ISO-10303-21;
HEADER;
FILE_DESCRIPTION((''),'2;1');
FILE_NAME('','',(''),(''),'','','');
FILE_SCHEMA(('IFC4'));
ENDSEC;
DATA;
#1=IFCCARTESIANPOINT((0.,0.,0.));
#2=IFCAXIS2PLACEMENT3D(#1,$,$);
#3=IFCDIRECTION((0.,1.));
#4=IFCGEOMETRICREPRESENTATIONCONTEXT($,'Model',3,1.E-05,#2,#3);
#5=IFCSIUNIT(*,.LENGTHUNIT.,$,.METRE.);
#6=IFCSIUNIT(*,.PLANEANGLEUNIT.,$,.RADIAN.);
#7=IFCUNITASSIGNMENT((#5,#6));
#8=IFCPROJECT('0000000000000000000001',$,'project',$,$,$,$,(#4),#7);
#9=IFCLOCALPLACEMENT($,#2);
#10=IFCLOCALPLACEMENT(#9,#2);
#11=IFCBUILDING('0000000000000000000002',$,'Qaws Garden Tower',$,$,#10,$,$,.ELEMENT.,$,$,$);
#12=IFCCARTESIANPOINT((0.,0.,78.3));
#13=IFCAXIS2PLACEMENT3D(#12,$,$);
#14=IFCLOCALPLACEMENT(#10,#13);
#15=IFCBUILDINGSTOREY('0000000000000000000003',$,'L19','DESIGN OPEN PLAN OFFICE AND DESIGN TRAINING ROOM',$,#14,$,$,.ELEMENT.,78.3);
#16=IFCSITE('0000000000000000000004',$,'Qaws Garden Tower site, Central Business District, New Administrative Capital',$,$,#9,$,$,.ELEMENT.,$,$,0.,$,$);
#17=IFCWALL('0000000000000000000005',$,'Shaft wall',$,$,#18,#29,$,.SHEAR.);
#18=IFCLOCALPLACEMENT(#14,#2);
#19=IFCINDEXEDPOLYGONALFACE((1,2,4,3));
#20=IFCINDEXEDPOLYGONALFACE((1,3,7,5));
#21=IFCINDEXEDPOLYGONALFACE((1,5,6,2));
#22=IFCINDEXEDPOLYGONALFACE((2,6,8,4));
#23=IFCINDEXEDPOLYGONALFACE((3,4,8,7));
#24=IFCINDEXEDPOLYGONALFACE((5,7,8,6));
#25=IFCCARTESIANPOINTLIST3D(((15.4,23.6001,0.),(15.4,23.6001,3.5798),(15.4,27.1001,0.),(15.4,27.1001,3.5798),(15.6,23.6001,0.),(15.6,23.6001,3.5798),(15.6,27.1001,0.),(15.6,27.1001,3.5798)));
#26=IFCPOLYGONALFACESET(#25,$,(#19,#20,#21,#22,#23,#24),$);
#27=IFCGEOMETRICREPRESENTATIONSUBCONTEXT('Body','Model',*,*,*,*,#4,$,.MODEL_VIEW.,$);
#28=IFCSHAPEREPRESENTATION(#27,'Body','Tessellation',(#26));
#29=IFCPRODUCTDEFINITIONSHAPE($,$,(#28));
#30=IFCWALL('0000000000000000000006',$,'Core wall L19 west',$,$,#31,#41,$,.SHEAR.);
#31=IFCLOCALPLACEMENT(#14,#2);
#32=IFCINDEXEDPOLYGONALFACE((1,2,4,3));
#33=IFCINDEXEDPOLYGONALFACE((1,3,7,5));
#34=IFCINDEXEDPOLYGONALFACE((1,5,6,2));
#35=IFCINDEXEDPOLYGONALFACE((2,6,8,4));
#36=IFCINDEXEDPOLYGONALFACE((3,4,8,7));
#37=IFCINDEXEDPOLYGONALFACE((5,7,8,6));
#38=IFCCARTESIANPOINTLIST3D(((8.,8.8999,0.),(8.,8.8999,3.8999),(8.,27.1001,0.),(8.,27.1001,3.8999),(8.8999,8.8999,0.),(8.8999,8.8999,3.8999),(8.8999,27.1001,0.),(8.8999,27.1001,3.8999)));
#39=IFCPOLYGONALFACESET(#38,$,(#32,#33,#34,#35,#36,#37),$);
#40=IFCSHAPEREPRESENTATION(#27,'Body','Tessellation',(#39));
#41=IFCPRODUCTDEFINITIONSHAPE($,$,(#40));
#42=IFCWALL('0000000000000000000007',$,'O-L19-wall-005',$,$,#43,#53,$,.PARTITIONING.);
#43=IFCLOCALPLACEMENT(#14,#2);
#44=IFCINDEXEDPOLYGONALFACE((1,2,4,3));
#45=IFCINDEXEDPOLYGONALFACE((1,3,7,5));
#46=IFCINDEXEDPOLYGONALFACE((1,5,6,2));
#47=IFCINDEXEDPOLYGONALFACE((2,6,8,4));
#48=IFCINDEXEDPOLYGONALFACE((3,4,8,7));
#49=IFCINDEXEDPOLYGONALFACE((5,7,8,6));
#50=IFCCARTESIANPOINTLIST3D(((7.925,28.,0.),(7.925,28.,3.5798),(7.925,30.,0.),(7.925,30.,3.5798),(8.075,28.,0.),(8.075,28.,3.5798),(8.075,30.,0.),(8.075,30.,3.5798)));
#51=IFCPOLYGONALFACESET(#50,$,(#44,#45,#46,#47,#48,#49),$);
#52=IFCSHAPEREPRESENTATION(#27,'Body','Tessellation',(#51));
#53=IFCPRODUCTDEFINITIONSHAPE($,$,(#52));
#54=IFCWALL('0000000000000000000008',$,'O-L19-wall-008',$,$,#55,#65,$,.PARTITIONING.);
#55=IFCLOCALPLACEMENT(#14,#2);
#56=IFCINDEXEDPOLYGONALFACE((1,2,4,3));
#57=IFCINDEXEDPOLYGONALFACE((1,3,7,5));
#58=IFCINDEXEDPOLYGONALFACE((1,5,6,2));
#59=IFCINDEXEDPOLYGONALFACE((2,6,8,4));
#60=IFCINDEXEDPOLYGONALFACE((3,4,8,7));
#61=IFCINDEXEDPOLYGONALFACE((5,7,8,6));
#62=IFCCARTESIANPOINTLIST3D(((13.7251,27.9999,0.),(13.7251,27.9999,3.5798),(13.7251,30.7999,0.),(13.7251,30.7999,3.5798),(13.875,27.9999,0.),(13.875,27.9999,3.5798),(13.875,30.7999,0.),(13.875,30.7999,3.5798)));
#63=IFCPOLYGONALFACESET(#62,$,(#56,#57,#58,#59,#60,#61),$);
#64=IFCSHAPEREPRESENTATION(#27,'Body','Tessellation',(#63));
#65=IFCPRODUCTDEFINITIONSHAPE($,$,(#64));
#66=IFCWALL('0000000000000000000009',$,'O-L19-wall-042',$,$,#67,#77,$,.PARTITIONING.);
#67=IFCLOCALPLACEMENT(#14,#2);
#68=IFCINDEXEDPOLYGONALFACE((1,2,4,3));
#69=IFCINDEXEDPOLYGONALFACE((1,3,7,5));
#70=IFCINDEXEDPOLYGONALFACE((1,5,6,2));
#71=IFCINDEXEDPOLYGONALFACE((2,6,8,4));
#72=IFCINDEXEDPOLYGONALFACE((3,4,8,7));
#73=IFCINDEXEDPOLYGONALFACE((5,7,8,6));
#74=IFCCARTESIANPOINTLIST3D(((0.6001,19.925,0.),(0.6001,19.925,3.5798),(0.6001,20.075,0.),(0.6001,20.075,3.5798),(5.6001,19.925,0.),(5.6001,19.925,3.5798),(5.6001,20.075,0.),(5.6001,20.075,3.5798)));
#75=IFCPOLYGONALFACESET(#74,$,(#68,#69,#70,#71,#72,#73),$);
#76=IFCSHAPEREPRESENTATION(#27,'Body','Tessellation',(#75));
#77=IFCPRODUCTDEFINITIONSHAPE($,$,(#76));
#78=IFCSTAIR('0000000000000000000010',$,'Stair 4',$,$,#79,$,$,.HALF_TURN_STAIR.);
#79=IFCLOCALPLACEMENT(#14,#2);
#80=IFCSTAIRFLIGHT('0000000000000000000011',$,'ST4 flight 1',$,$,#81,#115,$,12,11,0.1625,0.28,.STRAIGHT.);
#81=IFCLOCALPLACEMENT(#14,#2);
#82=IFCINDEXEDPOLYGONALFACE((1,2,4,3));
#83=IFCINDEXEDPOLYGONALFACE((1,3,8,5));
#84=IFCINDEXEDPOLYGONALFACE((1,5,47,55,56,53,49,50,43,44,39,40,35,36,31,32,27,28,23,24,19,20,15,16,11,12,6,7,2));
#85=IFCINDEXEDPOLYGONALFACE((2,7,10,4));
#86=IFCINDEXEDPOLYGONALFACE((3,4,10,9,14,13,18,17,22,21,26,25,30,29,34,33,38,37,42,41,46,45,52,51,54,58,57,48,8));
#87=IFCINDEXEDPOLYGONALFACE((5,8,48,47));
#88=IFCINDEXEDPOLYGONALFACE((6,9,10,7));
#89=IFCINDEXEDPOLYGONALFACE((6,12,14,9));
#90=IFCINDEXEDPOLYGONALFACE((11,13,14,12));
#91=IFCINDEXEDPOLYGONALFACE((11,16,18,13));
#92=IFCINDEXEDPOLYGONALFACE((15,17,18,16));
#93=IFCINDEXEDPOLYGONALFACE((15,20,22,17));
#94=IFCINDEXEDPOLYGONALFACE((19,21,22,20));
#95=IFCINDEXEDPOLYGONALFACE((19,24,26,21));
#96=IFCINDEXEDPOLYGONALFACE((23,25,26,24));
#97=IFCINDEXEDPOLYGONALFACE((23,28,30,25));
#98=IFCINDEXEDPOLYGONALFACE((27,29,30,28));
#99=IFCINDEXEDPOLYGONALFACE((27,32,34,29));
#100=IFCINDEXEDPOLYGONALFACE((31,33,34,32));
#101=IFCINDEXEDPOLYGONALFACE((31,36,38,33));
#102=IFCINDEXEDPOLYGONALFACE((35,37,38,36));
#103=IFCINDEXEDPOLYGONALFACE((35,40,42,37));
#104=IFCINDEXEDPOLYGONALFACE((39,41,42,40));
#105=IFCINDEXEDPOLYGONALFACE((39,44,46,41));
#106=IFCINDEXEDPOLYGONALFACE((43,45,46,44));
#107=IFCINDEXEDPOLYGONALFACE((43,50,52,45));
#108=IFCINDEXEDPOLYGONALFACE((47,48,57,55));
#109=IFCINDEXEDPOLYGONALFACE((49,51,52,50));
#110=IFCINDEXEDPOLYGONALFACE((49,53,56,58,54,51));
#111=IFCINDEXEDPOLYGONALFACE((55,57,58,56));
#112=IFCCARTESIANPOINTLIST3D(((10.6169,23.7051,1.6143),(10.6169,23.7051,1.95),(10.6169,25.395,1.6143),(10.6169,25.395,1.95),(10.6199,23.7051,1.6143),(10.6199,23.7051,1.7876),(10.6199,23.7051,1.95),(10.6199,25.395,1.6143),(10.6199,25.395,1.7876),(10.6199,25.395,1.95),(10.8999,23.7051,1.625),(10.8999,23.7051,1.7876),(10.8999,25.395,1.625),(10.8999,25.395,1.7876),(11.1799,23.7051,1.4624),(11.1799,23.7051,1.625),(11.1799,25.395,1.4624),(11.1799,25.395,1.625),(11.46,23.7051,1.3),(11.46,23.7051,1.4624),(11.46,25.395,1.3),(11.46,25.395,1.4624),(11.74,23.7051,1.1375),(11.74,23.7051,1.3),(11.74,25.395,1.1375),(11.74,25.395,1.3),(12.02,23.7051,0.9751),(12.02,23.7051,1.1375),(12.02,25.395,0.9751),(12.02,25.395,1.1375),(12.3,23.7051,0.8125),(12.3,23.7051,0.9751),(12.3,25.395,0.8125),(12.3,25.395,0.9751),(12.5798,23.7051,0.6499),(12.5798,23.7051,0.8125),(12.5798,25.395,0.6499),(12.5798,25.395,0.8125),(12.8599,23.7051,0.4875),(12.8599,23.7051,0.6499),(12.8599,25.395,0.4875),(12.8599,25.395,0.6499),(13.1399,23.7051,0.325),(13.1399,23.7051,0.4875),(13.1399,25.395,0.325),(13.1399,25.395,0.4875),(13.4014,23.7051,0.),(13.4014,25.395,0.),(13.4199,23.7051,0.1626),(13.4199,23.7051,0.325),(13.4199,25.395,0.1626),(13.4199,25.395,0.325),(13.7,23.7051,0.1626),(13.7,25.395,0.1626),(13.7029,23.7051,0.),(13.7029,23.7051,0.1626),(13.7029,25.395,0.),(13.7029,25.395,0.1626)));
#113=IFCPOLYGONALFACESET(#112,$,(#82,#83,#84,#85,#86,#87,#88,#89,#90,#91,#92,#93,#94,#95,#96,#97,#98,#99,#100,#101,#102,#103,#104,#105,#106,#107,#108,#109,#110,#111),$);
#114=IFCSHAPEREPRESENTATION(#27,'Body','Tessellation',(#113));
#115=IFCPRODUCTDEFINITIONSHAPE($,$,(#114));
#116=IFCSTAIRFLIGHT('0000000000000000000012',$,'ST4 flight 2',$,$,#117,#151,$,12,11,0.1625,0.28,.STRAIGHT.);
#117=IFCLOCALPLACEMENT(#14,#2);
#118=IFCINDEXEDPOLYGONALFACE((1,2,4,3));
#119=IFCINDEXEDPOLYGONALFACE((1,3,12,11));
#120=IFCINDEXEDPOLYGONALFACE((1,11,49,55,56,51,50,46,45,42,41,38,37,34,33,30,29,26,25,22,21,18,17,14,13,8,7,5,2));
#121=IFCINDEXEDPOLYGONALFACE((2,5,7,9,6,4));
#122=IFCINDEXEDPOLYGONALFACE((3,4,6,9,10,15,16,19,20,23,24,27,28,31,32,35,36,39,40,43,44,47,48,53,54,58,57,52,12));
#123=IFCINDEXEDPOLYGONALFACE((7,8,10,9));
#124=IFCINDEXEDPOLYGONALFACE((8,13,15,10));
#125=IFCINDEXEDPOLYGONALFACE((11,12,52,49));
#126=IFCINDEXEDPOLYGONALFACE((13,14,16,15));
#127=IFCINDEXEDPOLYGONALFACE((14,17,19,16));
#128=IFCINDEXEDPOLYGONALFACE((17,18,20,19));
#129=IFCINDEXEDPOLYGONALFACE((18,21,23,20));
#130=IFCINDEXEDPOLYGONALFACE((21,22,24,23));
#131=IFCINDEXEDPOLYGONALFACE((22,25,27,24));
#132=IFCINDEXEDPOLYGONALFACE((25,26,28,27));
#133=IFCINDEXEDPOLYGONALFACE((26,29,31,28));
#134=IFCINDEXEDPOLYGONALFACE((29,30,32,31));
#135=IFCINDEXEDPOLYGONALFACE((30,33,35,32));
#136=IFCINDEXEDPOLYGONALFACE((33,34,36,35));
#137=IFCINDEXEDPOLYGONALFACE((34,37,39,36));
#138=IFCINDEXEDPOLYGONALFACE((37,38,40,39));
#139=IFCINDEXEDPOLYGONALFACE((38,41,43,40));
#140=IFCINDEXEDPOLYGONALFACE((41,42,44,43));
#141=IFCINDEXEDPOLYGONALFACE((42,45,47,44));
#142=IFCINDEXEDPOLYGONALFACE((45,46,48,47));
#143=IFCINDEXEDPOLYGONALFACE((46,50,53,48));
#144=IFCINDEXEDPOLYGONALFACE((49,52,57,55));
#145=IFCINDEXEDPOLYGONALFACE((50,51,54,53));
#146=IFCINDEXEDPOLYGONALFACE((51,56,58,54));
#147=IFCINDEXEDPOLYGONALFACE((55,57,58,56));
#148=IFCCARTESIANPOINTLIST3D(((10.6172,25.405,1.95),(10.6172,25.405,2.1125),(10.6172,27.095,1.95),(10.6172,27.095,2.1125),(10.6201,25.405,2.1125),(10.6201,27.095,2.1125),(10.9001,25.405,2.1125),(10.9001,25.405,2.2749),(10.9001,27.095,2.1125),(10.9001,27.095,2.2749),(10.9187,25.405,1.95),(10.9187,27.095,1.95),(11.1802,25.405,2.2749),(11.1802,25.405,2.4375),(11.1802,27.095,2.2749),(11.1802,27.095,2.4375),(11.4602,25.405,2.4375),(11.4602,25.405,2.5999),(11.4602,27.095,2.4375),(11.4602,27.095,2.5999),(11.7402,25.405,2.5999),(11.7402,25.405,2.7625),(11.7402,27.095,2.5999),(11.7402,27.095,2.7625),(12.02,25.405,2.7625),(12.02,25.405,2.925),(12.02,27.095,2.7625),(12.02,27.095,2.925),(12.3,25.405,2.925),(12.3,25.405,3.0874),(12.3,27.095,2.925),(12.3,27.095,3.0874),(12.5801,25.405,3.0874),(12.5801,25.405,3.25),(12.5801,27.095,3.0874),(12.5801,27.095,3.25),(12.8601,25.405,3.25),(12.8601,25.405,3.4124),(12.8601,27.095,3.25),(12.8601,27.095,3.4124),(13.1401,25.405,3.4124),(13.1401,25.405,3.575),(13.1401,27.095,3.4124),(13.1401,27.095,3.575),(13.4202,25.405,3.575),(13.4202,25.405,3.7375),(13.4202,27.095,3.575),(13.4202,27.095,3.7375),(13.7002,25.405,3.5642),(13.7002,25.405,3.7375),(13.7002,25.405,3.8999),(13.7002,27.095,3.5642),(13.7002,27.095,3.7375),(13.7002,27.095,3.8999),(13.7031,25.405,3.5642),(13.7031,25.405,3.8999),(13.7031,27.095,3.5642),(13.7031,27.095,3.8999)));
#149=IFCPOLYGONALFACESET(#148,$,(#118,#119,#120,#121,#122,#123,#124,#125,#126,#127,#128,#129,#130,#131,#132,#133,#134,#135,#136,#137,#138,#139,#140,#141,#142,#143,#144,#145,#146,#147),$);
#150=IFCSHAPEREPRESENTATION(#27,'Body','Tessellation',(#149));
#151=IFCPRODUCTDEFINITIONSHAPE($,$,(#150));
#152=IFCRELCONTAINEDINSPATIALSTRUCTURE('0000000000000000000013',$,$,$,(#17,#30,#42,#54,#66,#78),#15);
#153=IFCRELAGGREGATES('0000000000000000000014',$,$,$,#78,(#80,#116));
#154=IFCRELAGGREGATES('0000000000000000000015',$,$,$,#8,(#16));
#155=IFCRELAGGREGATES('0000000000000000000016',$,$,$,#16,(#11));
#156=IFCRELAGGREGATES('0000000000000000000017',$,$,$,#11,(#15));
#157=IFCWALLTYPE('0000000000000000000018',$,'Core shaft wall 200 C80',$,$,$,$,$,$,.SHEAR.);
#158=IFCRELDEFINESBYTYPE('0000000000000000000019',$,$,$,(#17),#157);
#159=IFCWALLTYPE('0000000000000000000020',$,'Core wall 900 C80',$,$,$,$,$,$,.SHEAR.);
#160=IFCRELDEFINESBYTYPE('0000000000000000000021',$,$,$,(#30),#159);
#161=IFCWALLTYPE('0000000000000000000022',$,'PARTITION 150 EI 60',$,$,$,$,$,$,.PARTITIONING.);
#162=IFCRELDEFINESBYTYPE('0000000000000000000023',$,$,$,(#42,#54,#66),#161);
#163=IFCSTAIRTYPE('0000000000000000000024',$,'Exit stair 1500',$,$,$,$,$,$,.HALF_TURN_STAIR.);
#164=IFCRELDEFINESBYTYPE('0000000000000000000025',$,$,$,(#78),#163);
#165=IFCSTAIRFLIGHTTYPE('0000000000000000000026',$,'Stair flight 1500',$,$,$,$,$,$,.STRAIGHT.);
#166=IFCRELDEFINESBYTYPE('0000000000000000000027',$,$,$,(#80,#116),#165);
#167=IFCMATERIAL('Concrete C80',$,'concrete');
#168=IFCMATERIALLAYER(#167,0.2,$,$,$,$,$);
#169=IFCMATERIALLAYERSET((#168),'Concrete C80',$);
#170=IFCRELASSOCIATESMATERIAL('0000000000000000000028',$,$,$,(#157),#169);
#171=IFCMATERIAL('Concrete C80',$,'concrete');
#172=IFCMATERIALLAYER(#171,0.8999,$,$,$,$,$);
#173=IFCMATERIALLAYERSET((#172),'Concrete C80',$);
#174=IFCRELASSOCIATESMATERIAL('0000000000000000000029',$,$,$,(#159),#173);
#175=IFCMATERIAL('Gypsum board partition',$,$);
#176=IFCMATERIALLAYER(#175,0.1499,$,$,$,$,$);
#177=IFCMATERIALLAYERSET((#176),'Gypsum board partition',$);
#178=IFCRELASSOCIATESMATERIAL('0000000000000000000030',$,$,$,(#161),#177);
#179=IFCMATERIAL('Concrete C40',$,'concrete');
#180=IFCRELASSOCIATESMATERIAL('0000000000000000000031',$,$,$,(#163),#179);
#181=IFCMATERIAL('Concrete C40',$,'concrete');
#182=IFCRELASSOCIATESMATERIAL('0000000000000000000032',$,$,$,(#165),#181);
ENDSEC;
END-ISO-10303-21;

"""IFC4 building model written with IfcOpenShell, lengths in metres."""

from ifc_helpers import new_model, si_unit, direction, frame, frame_2d, origin, place, context, subcontext, project, spatial, polyline, rectangle, outline, extrude, material, layer, layer_set, type_object, element, aggregate, save


model = new_model("IFC4")

# Units and contexts
model_context = context("Model", 3, precision=1e-05, world=origin(), true_north=direction((0.0, 1.0)))
body_context = subcontext(model_context, "Body", "Model", "MODEL_VIEW")
ifc_project = project(units=[si_unit("LENGTHUNIT", "METRE"), si_unit("PLANEANGLEUNIT", "RADIAN")], contexts=[model_context])

# Site, building, storey
site_placement = place(None, origin())
site = spatial("IfcSite", under=ifc_project, at=site_placement, Name="Qaws Garden Tower site, Central Business District, New Administrative Capital", CompositionType="ELEMENT", RefElevation=0.0)
building_placement = place(site_placement, origin())
building = spatial("IfcBuilding", under=site, at=building_placement, Name="Qaws Garden Tower", CompositionType="ELEMENT")
storey_placement = place(building_placement, frame((0.0, 0.0, 78.3)))
storey = spatial("IfcBuildingStorey", under=building, at=storey_placement, Name="L19", Description="DESIGN OPEN PLAN OFFICE AND DESIGN TRAINING ROOM", CompositionType="ELEMENT", Elevation=78.3)

# Shared definitions
ifc_material_1 = material(Name="Concrete C80", Category="concrete")
ifc_layer_1 = layer(ifc_material_1, 0.2)
ifc_layer_set_1 = layer_set([ifc_layer_1], Name="Concrete C80")
wall_type_1 = type_object("IfcWallType", Name="Core shaft wall 200 C80", PredefinedType="SHEAR", material=ifc_layer_set_1)

# Walls
wall_1_placement = place(storey_placement, frame((15.5, 23.6001, 0.0), z_axis=(0.0, 0.0, 1.0), x_axis=(0.0, 1.0, 0.0)))
element("IfcWall", 1, at=wall_1_placement, inside=storey, type_object=wall_type_1, Name="Shaft wall", PredefinedType="SHEAR", context=body_context, shape_type="SweptSolid", body=[
    extrude(rectangle(XDim=3.5, YDim=0.2, at=frame_2d((1.75, 0.0))), origin(), (0.0, 0.0, 1.0), 3.5798),
])
ifc_material_2 = material(Name="Concrete C80", Category="concrete")
ifc_layer_2 = layer(ifc_material_2, 0.8999)
ifc_layer_set_2 = layer_set([ifc_layer_2], Name="Concrete C80")
wall_type_2 = type_object("IfcWallType", Name="Core wall 900 C80", PredefinedType="SHEAR", material=ifc_layer_set_2)
wall_2_placement = place(storey_placement, frame((8.45, 27.1001, 0.0), z_axis=(0.0, 0.0, 1.0), x_axis=(0.0, -1.0, 0.0)))
element("IfcWall", 2, at=wall_2_placement, inside=storey, type_object=wall_type_2, Name="Core wall L19 west", PredefinedType="SHEAR", context=body_context, shape_type="SweptSolid", body=[
    extrude(rectangle(XDim=18.2002, YDim=0.8999, at=frame_2d((9.1001, 0.0))), origin(), (0.0, 0.0, 1.0), 3.8999),
])
ifc_material_3 = material(Name="Gypsum board partition")
ifc_layer_3 = layer(ifc_material_3, 0.1499)
ifc_layer_set_3 = layer_set([ifc_layer_3], Name="Gypsum board partition")
wall_type_3 = type_object("IfcWallType", Name="PARTITION 150 EI 60", PredefinedType="PARTITIONING", material=ifc_layer_set_3)
wall_3_placement = place(storey_placement, frame((8.0, 28.0, 0.0), z_axis=(0.0, 0.0, 1.0), x_axis=(0.0, 1.0, 0.0)))
element("IfcWall", 3, at=wall_3_placement, inside=storey, type_object=wall_type_3, Name="O-L19-wall-005", PredefinedType="PARTITIONING", context=body_context, shape_type="SweptSolid", body=[
    extrude(rectangle(XDim=2.0, YDim=0.1499, at=frame_2d((1.0, 0.0))), origin(), (0.0, 0.0, 1.0), 3.5798),
])
wall_4_placement = place(storey_placement, frame((13.8, 28.0, 0.0), z_axis=(0.0, 0.0, 1.0), x_axis=(0.0, 1.0, 0.0)))
element("IfcWall", 4, at=wall_4_placement, inside=storey, type_object=wall_type_3, Name="O-L19-wall-008", PredefinedType="PARTITIONING", context=body_context, shape_type="SweptSolid", body=[
    extrude(rectangle(XDim=2.8, YDim=0.1499, at=frame_2d((1.3999, 0.0))), origin(), (0.0, 0.0, 1.0), 3.5798),
])
wall_5_placement = place(storey_placement, frame((0.6001, 20.0, 0.0), z_axis=(0.0, 0.0, 1.0), x_axis=(1.0, 0.0, 0.0)))
element("IfcWall", 5, at=wall_5_placement, inside=storey, type_object=wall_type_3, Name="O-L19-wall-042", PredefinedType="PARTITIONING", context=body_context, shape_type="SweptSolid", body=[
    extrude(rectangle(XDim=5.0, YDim=0.1499, at=frame_2d((2.5, 0.0))), origin(), (0.0, 0.0, 1.0), 3.5798),
])

# Stair, stair flights
ifc_material_4 = material(Name="Concrete C40", Category="concrete")
stair_type = type_object("IfcStairType", Name="Exit stair 1500", PredefinedType="HALF_TURN_STAIR", material=ifc_material_4)
stair_placement = place(storey_placement, origin())
stair = element("IfcStair", 6, at=stair_placement, inside=storey, type_object=stair_type, Name="Stair 4", PredefinedType="HALF_TURN_STAIR")
ifc_material_5 = material(Name="Concrete C40", Category="concrete")
stair_flight_type = type_object("IfcStairFlightType", Name="Stair flight 1500", PredefinedType="STRAIGHT", material=ifc_material_5)
stair_flight_1_placement = place(storey_placement, frame((13.7, 24.55, 0.0), z_axis=(0.0, 0.0, 1.0), x_axis=(-1.0, 0.0, 0.0)))
stair_flight_1 = element("IfcStairFlight", 7, at=stair_flight_1_placement, type_object=stair_flight_type, Name="ST4 flight 1", NumberOfRisers=12, NumberOfTreads=11, PredefinedType="STRAIGHT", RiserHeight=0.1625, TreadLength=0.28, context=body_context, shape_type="SweptSolid", body=[
    extrude(outline(polyline([(-0.0029, 0.0), (-0.0029, 0.1626), (0.0, 0.1626), (0.28, 0.1626), (0.28, 0.325), (0.5601, 0.325), (0.5601, 0.4875), (0.8401, 0.4875), (0.8401, 0.6499), (1.1201, 0.6499), (1.1201, 0.8125), (1.3999, 0.8125), (1.3999, 0.9751), (1.6799, 0.9751), (1.6799, 1.1375), (1.96, 1.1375), (1.96, 1.3), (2.24, 1.3), (2.24, 1.4624), (2.52, 1.4624), (2.52, 1.625), (2.8, 1.625), (2.8, 1.7876), (3.0801, 1.7876), (3.0801, 1.95), (3.083, 1.95), (3.083, 1.6143), (3.0801, 1.6143), (0.2986, 0.0), (-0.0029, 0.0)])), frame((0.0, 0.845, 0.0), z_axis=(0.0, -1.0, 0.0), x_axis=(1.0, 0.0, 0.0)), (0.0, 0.0, 1.0), 1.6899),
])
stair_flight_2_placement = place(storey_placement, frame((10.6201, 26.25, 1.95), z_axis=(0.0, 0.0, 1.0), x_axis=(1.0, 0.0, 0.0)))
stair_flight_2 = element("IfcStairFlight", 8, at=stair_flight_2_placement, type_object=stair_flight_type, Name="ST4 flight 2", NumberOfRisers=12, NumberOfTreads=11, PredefinedType="STRAIGHT", RiserHeight=0.1625, TreadLength=0.28, context=body_context, shape_type="SweptSolid", body=[
    extrude(outline(polyline([(-0.0029, 0.0), (-0.0029, 0.1626), (0.0, 0.1626), (0.28, 0.1626), (0.28, 0.325), (0.5601, 0.325), (0.5601, 0.4875), (0.8401, 0.4875), (0.8401, 0.6499), (1.1201, 0.6499), (1.1201, 0.8125), (1.3999, 0.8125), (1.3999, 0.9751), (1.6799, 0.9751), (1.6799, 1.1375), (1.96, 1.1375), (1.96, 1.3), (2.24, 1.3), (2.24, 1.4624), (2.52, 1.4624), (2.52, 1.625), (2.8, 1.625), (2.8, 1.7876), (3.0801, 1.7876), (3.0801, 1.95), (3.083, 1.95), (3.083, 1.6143), (3.0801, 1.6143), (0.2986, 0.0), (-0.0029, 0.0)])), frame((0.0, 0.845, 0.0), z_axis=(0.0, -1.0, 0.0), x_axis=(1.0, 0.0, 0.0)), (0.0, 0.0, 1.0), 1.6899),
])
aggregate(stair, [stair_flight_1, stair_flight_2])

save(model, "model.ifc")
